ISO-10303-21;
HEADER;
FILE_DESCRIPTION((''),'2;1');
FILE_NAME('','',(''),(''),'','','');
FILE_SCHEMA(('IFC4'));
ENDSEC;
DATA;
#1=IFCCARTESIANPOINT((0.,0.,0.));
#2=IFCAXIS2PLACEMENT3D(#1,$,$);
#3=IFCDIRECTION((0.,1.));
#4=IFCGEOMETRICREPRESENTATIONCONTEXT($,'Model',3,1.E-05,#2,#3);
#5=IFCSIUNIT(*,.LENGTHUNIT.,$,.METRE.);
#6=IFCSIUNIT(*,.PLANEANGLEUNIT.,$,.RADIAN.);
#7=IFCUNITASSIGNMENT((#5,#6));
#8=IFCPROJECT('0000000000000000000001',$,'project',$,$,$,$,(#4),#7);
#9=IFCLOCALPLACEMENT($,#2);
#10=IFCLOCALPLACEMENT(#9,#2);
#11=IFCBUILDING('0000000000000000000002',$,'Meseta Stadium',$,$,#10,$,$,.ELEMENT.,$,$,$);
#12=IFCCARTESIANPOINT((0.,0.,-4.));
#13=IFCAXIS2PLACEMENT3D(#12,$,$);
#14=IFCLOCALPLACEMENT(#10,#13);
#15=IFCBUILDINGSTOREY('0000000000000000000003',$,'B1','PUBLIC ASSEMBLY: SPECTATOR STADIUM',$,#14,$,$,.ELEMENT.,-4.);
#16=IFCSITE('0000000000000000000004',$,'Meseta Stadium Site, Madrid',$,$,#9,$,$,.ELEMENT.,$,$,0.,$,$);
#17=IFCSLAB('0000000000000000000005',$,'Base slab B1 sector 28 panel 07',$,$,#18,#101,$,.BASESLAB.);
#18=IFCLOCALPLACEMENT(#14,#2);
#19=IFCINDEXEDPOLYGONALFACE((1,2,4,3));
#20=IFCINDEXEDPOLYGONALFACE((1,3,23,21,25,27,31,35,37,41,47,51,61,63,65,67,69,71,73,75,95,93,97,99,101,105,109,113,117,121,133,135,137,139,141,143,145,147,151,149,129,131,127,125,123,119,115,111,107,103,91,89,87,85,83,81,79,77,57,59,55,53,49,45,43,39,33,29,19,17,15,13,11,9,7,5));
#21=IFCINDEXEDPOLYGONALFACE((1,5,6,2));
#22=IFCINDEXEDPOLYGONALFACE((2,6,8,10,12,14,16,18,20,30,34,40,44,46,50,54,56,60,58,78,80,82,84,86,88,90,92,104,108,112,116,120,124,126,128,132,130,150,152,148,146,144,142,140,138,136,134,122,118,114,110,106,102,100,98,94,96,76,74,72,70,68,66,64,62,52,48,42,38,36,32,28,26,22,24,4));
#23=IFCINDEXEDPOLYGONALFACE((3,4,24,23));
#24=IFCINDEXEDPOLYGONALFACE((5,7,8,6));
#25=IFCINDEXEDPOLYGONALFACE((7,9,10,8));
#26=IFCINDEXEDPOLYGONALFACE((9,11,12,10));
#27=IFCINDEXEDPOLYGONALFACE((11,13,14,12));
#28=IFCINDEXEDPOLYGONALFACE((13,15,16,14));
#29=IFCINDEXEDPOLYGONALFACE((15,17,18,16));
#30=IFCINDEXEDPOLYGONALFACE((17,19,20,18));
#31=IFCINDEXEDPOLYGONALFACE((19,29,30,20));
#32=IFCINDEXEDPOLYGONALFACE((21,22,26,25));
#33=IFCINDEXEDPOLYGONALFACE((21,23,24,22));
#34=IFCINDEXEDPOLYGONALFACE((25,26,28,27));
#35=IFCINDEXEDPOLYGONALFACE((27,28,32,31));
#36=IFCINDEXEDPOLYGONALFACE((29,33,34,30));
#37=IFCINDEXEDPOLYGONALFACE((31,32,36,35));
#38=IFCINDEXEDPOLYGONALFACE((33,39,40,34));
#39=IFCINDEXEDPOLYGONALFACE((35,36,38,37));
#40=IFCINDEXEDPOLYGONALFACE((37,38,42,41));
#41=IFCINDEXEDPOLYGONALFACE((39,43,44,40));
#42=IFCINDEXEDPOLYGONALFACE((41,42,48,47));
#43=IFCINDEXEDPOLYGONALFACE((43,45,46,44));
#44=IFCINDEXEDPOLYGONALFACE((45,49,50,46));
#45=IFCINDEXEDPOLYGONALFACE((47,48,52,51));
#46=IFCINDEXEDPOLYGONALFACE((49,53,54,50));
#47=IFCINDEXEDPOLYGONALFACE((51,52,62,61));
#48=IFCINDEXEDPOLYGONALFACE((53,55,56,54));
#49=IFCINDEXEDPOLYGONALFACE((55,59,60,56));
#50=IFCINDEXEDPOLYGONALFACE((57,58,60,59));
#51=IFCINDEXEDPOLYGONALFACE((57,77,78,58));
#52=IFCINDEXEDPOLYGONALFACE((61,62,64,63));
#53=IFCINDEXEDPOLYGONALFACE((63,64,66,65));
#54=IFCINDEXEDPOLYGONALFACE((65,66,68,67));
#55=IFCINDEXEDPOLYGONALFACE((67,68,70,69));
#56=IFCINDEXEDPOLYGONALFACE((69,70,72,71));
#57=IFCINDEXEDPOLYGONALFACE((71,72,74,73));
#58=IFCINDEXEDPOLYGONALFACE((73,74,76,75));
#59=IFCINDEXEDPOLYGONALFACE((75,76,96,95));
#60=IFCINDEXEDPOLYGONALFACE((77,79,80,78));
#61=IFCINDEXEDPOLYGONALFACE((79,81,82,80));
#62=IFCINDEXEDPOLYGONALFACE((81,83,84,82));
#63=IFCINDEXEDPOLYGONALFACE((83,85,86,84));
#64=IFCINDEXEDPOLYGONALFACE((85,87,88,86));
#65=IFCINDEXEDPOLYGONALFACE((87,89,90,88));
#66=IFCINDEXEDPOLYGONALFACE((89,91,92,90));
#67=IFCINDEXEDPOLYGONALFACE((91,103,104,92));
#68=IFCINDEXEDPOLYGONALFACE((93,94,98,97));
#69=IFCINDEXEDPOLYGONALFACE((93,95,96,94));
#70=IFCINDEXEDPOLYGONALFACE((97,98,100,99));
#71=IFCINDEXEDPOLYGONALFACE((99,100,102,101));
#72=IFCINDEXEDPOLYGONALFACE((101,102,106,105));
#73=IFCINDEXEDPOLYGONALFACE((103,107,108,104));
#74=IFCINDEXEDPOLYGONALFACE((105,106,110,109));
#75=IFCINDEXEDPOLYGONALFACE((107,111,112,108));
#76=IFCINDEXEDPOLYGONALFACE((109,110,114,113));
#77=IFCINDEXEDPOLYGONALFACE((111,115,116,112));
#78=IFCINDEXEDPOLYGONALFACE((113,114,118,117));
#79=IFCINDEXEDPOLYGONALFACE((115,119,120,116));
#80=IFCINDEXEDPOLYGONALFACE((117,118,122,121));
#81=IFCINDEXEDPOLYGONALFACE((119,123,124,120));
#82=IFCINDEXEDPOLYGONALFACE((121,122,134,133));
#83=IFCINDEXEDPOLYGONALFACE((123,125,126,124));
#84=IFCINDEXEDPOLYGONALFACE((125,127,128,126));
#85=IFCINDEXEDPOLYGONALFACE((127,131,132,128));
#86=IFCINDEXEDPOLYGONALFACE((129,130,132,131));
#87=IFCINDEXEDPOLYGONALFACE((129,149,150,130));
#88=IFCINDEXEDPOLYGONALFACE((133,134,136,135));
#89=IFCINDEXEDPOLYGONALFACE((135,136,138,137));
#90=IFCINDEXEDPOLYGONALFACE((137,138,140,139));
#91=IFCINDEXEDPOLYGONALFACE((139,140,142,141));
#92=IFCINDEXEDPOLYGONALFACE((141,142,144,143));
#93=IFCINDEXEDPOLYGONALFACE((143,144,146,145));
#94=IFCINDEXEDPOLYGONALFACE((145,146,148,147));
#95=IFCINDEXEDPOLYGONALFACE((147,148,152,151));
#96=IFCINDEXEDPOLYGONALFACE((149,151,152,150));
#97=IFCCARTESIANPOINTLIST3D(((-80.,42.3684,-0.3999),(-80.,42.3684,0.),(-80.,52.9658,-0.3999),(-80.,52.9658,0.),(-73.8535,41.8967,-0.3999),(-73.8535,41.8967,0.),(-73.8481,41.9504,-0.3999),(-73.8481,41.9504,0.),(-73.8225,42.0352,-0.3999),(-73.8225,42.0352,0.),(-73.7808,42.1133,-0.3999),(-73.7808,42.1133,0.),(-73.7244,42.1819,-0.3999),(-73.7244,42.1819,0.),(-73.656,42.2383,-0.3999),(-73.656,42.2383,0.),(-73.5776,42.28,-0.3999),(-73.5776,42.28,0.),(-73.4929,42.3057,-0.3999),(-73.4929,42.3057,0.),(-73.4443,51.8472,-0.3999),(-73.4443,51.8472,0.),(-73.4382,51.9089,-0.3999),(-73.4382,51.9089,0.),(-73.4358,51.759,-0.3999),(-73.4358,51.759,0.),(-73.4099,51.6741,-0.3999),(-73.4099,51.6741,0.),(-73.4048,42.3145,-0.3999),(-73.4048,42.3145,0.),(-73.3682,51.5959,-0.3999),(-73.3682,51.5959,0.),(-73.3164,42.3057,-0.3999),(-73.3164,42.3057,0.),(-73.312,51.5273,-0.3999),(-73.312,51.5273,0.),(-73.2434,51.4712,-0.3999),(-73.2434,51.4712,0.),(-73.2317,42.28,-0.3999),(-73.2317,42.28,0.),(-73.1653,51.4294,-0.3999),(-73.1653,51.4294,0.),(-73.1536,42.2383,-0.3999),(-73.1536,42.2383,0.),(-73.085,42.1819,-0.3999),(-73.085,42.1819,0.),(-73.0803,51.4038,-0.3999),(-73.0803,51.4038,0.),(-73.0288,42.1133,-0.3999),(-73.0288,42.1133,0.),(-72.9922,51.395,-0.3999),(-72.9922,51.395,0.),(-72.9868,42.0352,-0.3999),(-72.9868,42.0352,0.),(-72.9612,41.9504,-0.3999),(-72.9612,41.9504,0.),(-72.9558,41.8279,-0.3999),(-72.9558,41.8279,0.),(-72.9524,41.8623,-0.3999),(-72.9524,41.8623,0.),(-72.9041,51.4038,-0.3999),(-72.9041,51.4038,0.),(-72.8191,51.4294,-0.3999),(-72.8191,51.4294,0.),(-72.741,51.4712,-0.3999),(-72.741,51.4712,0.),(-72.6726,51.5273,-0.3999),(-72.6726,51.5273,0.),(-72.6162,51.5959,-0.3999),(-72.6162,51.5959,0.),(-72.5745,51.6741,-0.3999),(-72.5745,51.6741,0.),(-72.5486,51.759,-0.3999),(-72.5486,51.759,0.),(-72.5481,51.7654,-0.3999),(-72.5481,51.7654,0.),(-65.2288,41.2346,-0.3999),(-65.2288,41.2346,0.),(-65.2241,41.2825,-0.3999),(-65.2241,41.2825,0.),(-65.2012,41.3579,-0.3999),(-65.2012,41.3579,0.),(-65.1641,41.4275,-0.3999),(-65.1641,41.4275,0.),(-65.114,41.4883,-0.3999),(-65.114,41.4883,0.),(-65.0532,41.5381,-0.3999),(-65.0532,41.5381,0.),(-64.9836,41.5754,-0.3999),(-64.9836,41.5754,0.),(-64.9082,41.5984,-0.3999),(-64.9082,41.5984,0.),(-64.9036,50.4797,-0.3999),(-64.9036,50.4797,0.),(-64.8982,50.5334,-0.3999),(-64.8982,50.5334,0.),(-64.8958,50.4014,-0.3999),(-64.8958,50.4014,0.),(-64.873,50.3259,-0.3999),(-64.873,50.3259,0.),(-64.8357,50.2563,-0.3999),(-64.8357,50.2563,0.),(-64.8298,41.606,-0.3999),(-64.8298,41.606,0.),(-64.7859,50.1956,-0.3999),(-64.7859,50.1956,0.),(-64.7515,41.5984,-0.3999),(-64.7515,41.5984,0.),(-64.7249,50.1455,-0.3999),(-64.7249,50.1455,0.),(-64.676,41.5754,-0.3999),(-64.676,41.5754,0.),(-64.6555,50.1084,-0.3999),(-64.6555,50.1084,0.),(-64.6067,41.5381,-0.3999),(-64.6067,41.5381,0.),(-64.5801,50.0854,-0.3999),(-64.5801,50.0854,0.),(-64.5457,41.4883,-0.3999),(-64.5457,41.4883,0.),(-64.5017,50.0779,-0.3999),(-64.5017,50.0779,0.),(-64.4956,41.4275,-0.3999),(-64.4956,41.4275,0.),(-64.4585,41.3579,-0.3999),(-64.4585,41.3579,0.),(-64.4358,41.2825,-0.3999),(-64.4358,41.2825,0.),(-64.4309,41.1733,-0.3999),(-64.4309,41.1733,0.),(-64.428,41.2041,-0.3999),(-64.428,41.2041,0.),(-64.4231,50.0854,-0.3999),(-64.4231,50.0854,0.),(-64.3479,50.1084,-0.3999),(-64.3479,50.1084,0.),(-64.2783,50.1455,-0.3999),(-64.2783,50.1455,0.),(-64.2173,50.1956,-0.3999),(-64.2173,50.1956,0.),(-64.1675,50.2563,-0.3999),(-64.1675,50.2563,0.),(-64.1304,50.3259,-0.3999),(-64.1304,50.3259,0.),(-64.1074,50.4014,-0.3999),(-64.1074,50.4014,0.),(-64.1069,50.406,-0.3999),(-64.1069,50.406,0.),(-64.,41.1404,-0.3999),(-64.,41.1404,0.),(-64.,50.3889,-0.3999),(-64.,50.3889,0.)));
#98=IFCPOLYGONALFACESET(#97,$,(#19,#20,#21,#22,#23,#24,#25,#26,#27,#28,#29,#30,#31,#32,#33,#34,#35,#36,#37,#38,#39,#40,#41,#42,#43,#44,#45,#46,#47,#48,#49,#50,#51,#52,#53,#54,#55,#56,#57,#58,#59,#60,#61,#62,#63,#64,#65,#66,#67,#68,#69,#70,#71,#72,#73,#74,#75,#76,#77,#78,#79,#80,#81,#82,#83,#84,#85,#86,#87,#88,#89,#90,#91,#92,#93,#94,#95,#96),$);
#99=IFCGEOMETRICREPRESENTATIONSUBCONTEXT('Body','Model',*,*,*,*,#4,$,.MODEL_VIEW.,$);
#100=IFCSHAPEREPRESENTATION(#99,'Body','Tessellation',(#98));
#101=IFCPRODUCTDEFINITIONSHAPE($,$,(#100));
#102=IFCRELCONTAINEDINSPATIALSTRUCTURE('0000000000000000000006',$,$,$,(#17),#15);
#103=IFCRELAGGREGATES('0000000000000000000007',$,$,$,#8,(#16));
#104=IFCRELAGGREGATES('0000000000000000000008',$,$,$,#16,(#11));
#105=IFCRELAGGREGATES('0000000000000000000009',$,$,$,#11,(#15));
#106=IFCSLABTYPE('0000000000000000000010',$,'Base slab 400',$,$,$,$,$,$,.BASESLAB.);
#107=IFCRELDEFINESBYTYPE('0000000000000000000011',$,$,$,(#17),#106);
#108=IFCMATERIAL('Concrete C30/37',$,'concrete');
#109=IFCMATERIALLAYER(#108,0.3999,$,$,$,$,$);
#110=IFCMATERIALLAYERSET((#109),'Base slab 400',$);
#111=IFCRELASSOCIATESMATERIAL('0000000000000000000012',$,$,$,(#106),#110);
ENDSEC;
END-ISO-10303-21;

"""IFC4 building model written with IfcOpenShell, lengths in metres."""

from ifc_helpers import new_model, si_unit, direction, frame, origin, place, context, subcontext, project, spatial, polyline, outline, extrude, material, layer, layer_set, type_object, element, save


model = new_model("IFC4")

# Units and contexts
model_context = context("Model", 3, precision=1e-05, world=origin(), true_north=direction((0.0, 1.0)))
body_context = subcontext(model_context, "Body", "Model", "MODEL_VIEW")
ifc_project = project(units=[si_unit("LENGTHUNIT", "METRE"), si_unit("PLANEANGLEUNIT", "RADIAN")], contexts=[model_context])

# Site, building, storey
site_placement = place(None, origin())
site = spatial("IfcSite", under=ifc_project, at=site_placement, Name="Meseta Stadium Site, Madrid", CompositionType="ELEMENT", RefElevation=0.0)
building_placement = place(site_placement, origin())
building = spatial("IfcBuilding", under=site, at=building_placement, Name="Meseta Stadium", CompositionType="ELEMENT")
storey_placement = place(building_placement, frame((0.0, 0.0, -4.0)))
storey = spatial("IfcBuildingStorey", under=building, at=storey_placement, Name="B1", Description="PUBLIC ASSEMBLY: SPECTATOR STADIUM", CompositionType="ELEMENT", Elevation=-4.0)

# Slab
ifc_material = material(Name="Concrete C30/37", Category="concrete")
ifc_layer = layer(ifc_material, 0.3999)
ifc_layer_set = layer_set([ifc_layer], Name="Base slab 400")
slab_type = type_object("IfcSlabType", Name="Base slab 400", PredefinedType="BASESLAB", material=ifc_layer_set)
slab_1_placement = place(storey_placement, frame((0.0, 0.0, -0.3999)))
element("IfcSlab", 1, at=slab_1_placement, inside=storey, type_object=slab_type, Name="Base slab B1 sector 28 panel 07", PredefinedType="BASESLAB", context=body_context, shape_type="SweptSolid", body=[
    extrude(outline(polyline([(-73.4099, 51.6741), (-73.4358, 51.759), (-73.4443, 51.8472), (-73.4382, 51.9089), (-80.0, 52.9658), (-80.0, 42.3684), (-73.8535, 41.8967), (-73.8481, 41.9504), (-73.8225, 42.0352), (-73.7808, 42.1133), (-73.7244, 42.1819), (-73.656, 42.2383), (-73.5776, 42.28), (-73.4929, 42.3057), (-73.4048, 42.3145), (-73.3164, 42.3057), (-73.2317, 42.28), (-73.1536, 42.2383), (-73.085, 42.1819), (-73.0288, 42.1133), (-72.9868, 42.0352), (-72.9612, 41.9504), (-72.9524, 41.8623), (-72.9558, 41.8279), (-65.2288, 41.2346), (-65.2241, 41.2825), (-65.2012, 41.3579), (-65.1641, 41.4275), (-65.114, 41.4883), (-65.0532, 41.5381), (-64.9836, 41.5754), (-64.9082, 41.5984), (-64.8298, 41.606), (-64.7515, 41.5984), (-64.676, 41.5754), (-64.6067, 41.5381), (-64.5457, 41.4883), (-64.4956, 41.4275), (-64.4585, 41.3579), (-64.4358, 41.2825), (-64.428, 41.2041), (-64.4309, 41.1733), (-64.0, 41.1404), (-64.0, 50.3889), (-64.1069, 50.406), (-64.1074, 50.4014), (-64.1304, 50.3259), (-64.1675, 50.2563), (-64.2173, 50.1956), (-64.2783, 50.1455), (-64.3479, 50.1084), (-64.4231, 50.0854), (-64.5017, 50.0779), (-64.5801, 50.0854), (-64.6555, 50.1084), (-64.7249, 50.1455), (-64.7859, 50.1956), (-64.8357, 50.2563), (-64.873, 50.3259), (-64.8958, 50.4014), (-64.9036, 50.4797), (-64.8982, 50.5334), (-72.5481, 51.7654), (-72.5486, 51.759), (-72.5745, 51.6741), (-72.6162, 51.5959), (-72.6726, 51.5273), (-72.741, 51.4712), (-72.8191, 51.4294), (-72.9041, 51.4038), (-72.9922, 51.395), (-73.0803, 51.4038), (-73.1653, 51.4294), (-73.2434, 51.4712), (-73.312, 51.5273), (-73.3682, 51.5959), (-73.4099, 51.6741)])), origin(), (0.0, 0.0, 1.0), 0.3999),
])

save(model, "model.ifc")
